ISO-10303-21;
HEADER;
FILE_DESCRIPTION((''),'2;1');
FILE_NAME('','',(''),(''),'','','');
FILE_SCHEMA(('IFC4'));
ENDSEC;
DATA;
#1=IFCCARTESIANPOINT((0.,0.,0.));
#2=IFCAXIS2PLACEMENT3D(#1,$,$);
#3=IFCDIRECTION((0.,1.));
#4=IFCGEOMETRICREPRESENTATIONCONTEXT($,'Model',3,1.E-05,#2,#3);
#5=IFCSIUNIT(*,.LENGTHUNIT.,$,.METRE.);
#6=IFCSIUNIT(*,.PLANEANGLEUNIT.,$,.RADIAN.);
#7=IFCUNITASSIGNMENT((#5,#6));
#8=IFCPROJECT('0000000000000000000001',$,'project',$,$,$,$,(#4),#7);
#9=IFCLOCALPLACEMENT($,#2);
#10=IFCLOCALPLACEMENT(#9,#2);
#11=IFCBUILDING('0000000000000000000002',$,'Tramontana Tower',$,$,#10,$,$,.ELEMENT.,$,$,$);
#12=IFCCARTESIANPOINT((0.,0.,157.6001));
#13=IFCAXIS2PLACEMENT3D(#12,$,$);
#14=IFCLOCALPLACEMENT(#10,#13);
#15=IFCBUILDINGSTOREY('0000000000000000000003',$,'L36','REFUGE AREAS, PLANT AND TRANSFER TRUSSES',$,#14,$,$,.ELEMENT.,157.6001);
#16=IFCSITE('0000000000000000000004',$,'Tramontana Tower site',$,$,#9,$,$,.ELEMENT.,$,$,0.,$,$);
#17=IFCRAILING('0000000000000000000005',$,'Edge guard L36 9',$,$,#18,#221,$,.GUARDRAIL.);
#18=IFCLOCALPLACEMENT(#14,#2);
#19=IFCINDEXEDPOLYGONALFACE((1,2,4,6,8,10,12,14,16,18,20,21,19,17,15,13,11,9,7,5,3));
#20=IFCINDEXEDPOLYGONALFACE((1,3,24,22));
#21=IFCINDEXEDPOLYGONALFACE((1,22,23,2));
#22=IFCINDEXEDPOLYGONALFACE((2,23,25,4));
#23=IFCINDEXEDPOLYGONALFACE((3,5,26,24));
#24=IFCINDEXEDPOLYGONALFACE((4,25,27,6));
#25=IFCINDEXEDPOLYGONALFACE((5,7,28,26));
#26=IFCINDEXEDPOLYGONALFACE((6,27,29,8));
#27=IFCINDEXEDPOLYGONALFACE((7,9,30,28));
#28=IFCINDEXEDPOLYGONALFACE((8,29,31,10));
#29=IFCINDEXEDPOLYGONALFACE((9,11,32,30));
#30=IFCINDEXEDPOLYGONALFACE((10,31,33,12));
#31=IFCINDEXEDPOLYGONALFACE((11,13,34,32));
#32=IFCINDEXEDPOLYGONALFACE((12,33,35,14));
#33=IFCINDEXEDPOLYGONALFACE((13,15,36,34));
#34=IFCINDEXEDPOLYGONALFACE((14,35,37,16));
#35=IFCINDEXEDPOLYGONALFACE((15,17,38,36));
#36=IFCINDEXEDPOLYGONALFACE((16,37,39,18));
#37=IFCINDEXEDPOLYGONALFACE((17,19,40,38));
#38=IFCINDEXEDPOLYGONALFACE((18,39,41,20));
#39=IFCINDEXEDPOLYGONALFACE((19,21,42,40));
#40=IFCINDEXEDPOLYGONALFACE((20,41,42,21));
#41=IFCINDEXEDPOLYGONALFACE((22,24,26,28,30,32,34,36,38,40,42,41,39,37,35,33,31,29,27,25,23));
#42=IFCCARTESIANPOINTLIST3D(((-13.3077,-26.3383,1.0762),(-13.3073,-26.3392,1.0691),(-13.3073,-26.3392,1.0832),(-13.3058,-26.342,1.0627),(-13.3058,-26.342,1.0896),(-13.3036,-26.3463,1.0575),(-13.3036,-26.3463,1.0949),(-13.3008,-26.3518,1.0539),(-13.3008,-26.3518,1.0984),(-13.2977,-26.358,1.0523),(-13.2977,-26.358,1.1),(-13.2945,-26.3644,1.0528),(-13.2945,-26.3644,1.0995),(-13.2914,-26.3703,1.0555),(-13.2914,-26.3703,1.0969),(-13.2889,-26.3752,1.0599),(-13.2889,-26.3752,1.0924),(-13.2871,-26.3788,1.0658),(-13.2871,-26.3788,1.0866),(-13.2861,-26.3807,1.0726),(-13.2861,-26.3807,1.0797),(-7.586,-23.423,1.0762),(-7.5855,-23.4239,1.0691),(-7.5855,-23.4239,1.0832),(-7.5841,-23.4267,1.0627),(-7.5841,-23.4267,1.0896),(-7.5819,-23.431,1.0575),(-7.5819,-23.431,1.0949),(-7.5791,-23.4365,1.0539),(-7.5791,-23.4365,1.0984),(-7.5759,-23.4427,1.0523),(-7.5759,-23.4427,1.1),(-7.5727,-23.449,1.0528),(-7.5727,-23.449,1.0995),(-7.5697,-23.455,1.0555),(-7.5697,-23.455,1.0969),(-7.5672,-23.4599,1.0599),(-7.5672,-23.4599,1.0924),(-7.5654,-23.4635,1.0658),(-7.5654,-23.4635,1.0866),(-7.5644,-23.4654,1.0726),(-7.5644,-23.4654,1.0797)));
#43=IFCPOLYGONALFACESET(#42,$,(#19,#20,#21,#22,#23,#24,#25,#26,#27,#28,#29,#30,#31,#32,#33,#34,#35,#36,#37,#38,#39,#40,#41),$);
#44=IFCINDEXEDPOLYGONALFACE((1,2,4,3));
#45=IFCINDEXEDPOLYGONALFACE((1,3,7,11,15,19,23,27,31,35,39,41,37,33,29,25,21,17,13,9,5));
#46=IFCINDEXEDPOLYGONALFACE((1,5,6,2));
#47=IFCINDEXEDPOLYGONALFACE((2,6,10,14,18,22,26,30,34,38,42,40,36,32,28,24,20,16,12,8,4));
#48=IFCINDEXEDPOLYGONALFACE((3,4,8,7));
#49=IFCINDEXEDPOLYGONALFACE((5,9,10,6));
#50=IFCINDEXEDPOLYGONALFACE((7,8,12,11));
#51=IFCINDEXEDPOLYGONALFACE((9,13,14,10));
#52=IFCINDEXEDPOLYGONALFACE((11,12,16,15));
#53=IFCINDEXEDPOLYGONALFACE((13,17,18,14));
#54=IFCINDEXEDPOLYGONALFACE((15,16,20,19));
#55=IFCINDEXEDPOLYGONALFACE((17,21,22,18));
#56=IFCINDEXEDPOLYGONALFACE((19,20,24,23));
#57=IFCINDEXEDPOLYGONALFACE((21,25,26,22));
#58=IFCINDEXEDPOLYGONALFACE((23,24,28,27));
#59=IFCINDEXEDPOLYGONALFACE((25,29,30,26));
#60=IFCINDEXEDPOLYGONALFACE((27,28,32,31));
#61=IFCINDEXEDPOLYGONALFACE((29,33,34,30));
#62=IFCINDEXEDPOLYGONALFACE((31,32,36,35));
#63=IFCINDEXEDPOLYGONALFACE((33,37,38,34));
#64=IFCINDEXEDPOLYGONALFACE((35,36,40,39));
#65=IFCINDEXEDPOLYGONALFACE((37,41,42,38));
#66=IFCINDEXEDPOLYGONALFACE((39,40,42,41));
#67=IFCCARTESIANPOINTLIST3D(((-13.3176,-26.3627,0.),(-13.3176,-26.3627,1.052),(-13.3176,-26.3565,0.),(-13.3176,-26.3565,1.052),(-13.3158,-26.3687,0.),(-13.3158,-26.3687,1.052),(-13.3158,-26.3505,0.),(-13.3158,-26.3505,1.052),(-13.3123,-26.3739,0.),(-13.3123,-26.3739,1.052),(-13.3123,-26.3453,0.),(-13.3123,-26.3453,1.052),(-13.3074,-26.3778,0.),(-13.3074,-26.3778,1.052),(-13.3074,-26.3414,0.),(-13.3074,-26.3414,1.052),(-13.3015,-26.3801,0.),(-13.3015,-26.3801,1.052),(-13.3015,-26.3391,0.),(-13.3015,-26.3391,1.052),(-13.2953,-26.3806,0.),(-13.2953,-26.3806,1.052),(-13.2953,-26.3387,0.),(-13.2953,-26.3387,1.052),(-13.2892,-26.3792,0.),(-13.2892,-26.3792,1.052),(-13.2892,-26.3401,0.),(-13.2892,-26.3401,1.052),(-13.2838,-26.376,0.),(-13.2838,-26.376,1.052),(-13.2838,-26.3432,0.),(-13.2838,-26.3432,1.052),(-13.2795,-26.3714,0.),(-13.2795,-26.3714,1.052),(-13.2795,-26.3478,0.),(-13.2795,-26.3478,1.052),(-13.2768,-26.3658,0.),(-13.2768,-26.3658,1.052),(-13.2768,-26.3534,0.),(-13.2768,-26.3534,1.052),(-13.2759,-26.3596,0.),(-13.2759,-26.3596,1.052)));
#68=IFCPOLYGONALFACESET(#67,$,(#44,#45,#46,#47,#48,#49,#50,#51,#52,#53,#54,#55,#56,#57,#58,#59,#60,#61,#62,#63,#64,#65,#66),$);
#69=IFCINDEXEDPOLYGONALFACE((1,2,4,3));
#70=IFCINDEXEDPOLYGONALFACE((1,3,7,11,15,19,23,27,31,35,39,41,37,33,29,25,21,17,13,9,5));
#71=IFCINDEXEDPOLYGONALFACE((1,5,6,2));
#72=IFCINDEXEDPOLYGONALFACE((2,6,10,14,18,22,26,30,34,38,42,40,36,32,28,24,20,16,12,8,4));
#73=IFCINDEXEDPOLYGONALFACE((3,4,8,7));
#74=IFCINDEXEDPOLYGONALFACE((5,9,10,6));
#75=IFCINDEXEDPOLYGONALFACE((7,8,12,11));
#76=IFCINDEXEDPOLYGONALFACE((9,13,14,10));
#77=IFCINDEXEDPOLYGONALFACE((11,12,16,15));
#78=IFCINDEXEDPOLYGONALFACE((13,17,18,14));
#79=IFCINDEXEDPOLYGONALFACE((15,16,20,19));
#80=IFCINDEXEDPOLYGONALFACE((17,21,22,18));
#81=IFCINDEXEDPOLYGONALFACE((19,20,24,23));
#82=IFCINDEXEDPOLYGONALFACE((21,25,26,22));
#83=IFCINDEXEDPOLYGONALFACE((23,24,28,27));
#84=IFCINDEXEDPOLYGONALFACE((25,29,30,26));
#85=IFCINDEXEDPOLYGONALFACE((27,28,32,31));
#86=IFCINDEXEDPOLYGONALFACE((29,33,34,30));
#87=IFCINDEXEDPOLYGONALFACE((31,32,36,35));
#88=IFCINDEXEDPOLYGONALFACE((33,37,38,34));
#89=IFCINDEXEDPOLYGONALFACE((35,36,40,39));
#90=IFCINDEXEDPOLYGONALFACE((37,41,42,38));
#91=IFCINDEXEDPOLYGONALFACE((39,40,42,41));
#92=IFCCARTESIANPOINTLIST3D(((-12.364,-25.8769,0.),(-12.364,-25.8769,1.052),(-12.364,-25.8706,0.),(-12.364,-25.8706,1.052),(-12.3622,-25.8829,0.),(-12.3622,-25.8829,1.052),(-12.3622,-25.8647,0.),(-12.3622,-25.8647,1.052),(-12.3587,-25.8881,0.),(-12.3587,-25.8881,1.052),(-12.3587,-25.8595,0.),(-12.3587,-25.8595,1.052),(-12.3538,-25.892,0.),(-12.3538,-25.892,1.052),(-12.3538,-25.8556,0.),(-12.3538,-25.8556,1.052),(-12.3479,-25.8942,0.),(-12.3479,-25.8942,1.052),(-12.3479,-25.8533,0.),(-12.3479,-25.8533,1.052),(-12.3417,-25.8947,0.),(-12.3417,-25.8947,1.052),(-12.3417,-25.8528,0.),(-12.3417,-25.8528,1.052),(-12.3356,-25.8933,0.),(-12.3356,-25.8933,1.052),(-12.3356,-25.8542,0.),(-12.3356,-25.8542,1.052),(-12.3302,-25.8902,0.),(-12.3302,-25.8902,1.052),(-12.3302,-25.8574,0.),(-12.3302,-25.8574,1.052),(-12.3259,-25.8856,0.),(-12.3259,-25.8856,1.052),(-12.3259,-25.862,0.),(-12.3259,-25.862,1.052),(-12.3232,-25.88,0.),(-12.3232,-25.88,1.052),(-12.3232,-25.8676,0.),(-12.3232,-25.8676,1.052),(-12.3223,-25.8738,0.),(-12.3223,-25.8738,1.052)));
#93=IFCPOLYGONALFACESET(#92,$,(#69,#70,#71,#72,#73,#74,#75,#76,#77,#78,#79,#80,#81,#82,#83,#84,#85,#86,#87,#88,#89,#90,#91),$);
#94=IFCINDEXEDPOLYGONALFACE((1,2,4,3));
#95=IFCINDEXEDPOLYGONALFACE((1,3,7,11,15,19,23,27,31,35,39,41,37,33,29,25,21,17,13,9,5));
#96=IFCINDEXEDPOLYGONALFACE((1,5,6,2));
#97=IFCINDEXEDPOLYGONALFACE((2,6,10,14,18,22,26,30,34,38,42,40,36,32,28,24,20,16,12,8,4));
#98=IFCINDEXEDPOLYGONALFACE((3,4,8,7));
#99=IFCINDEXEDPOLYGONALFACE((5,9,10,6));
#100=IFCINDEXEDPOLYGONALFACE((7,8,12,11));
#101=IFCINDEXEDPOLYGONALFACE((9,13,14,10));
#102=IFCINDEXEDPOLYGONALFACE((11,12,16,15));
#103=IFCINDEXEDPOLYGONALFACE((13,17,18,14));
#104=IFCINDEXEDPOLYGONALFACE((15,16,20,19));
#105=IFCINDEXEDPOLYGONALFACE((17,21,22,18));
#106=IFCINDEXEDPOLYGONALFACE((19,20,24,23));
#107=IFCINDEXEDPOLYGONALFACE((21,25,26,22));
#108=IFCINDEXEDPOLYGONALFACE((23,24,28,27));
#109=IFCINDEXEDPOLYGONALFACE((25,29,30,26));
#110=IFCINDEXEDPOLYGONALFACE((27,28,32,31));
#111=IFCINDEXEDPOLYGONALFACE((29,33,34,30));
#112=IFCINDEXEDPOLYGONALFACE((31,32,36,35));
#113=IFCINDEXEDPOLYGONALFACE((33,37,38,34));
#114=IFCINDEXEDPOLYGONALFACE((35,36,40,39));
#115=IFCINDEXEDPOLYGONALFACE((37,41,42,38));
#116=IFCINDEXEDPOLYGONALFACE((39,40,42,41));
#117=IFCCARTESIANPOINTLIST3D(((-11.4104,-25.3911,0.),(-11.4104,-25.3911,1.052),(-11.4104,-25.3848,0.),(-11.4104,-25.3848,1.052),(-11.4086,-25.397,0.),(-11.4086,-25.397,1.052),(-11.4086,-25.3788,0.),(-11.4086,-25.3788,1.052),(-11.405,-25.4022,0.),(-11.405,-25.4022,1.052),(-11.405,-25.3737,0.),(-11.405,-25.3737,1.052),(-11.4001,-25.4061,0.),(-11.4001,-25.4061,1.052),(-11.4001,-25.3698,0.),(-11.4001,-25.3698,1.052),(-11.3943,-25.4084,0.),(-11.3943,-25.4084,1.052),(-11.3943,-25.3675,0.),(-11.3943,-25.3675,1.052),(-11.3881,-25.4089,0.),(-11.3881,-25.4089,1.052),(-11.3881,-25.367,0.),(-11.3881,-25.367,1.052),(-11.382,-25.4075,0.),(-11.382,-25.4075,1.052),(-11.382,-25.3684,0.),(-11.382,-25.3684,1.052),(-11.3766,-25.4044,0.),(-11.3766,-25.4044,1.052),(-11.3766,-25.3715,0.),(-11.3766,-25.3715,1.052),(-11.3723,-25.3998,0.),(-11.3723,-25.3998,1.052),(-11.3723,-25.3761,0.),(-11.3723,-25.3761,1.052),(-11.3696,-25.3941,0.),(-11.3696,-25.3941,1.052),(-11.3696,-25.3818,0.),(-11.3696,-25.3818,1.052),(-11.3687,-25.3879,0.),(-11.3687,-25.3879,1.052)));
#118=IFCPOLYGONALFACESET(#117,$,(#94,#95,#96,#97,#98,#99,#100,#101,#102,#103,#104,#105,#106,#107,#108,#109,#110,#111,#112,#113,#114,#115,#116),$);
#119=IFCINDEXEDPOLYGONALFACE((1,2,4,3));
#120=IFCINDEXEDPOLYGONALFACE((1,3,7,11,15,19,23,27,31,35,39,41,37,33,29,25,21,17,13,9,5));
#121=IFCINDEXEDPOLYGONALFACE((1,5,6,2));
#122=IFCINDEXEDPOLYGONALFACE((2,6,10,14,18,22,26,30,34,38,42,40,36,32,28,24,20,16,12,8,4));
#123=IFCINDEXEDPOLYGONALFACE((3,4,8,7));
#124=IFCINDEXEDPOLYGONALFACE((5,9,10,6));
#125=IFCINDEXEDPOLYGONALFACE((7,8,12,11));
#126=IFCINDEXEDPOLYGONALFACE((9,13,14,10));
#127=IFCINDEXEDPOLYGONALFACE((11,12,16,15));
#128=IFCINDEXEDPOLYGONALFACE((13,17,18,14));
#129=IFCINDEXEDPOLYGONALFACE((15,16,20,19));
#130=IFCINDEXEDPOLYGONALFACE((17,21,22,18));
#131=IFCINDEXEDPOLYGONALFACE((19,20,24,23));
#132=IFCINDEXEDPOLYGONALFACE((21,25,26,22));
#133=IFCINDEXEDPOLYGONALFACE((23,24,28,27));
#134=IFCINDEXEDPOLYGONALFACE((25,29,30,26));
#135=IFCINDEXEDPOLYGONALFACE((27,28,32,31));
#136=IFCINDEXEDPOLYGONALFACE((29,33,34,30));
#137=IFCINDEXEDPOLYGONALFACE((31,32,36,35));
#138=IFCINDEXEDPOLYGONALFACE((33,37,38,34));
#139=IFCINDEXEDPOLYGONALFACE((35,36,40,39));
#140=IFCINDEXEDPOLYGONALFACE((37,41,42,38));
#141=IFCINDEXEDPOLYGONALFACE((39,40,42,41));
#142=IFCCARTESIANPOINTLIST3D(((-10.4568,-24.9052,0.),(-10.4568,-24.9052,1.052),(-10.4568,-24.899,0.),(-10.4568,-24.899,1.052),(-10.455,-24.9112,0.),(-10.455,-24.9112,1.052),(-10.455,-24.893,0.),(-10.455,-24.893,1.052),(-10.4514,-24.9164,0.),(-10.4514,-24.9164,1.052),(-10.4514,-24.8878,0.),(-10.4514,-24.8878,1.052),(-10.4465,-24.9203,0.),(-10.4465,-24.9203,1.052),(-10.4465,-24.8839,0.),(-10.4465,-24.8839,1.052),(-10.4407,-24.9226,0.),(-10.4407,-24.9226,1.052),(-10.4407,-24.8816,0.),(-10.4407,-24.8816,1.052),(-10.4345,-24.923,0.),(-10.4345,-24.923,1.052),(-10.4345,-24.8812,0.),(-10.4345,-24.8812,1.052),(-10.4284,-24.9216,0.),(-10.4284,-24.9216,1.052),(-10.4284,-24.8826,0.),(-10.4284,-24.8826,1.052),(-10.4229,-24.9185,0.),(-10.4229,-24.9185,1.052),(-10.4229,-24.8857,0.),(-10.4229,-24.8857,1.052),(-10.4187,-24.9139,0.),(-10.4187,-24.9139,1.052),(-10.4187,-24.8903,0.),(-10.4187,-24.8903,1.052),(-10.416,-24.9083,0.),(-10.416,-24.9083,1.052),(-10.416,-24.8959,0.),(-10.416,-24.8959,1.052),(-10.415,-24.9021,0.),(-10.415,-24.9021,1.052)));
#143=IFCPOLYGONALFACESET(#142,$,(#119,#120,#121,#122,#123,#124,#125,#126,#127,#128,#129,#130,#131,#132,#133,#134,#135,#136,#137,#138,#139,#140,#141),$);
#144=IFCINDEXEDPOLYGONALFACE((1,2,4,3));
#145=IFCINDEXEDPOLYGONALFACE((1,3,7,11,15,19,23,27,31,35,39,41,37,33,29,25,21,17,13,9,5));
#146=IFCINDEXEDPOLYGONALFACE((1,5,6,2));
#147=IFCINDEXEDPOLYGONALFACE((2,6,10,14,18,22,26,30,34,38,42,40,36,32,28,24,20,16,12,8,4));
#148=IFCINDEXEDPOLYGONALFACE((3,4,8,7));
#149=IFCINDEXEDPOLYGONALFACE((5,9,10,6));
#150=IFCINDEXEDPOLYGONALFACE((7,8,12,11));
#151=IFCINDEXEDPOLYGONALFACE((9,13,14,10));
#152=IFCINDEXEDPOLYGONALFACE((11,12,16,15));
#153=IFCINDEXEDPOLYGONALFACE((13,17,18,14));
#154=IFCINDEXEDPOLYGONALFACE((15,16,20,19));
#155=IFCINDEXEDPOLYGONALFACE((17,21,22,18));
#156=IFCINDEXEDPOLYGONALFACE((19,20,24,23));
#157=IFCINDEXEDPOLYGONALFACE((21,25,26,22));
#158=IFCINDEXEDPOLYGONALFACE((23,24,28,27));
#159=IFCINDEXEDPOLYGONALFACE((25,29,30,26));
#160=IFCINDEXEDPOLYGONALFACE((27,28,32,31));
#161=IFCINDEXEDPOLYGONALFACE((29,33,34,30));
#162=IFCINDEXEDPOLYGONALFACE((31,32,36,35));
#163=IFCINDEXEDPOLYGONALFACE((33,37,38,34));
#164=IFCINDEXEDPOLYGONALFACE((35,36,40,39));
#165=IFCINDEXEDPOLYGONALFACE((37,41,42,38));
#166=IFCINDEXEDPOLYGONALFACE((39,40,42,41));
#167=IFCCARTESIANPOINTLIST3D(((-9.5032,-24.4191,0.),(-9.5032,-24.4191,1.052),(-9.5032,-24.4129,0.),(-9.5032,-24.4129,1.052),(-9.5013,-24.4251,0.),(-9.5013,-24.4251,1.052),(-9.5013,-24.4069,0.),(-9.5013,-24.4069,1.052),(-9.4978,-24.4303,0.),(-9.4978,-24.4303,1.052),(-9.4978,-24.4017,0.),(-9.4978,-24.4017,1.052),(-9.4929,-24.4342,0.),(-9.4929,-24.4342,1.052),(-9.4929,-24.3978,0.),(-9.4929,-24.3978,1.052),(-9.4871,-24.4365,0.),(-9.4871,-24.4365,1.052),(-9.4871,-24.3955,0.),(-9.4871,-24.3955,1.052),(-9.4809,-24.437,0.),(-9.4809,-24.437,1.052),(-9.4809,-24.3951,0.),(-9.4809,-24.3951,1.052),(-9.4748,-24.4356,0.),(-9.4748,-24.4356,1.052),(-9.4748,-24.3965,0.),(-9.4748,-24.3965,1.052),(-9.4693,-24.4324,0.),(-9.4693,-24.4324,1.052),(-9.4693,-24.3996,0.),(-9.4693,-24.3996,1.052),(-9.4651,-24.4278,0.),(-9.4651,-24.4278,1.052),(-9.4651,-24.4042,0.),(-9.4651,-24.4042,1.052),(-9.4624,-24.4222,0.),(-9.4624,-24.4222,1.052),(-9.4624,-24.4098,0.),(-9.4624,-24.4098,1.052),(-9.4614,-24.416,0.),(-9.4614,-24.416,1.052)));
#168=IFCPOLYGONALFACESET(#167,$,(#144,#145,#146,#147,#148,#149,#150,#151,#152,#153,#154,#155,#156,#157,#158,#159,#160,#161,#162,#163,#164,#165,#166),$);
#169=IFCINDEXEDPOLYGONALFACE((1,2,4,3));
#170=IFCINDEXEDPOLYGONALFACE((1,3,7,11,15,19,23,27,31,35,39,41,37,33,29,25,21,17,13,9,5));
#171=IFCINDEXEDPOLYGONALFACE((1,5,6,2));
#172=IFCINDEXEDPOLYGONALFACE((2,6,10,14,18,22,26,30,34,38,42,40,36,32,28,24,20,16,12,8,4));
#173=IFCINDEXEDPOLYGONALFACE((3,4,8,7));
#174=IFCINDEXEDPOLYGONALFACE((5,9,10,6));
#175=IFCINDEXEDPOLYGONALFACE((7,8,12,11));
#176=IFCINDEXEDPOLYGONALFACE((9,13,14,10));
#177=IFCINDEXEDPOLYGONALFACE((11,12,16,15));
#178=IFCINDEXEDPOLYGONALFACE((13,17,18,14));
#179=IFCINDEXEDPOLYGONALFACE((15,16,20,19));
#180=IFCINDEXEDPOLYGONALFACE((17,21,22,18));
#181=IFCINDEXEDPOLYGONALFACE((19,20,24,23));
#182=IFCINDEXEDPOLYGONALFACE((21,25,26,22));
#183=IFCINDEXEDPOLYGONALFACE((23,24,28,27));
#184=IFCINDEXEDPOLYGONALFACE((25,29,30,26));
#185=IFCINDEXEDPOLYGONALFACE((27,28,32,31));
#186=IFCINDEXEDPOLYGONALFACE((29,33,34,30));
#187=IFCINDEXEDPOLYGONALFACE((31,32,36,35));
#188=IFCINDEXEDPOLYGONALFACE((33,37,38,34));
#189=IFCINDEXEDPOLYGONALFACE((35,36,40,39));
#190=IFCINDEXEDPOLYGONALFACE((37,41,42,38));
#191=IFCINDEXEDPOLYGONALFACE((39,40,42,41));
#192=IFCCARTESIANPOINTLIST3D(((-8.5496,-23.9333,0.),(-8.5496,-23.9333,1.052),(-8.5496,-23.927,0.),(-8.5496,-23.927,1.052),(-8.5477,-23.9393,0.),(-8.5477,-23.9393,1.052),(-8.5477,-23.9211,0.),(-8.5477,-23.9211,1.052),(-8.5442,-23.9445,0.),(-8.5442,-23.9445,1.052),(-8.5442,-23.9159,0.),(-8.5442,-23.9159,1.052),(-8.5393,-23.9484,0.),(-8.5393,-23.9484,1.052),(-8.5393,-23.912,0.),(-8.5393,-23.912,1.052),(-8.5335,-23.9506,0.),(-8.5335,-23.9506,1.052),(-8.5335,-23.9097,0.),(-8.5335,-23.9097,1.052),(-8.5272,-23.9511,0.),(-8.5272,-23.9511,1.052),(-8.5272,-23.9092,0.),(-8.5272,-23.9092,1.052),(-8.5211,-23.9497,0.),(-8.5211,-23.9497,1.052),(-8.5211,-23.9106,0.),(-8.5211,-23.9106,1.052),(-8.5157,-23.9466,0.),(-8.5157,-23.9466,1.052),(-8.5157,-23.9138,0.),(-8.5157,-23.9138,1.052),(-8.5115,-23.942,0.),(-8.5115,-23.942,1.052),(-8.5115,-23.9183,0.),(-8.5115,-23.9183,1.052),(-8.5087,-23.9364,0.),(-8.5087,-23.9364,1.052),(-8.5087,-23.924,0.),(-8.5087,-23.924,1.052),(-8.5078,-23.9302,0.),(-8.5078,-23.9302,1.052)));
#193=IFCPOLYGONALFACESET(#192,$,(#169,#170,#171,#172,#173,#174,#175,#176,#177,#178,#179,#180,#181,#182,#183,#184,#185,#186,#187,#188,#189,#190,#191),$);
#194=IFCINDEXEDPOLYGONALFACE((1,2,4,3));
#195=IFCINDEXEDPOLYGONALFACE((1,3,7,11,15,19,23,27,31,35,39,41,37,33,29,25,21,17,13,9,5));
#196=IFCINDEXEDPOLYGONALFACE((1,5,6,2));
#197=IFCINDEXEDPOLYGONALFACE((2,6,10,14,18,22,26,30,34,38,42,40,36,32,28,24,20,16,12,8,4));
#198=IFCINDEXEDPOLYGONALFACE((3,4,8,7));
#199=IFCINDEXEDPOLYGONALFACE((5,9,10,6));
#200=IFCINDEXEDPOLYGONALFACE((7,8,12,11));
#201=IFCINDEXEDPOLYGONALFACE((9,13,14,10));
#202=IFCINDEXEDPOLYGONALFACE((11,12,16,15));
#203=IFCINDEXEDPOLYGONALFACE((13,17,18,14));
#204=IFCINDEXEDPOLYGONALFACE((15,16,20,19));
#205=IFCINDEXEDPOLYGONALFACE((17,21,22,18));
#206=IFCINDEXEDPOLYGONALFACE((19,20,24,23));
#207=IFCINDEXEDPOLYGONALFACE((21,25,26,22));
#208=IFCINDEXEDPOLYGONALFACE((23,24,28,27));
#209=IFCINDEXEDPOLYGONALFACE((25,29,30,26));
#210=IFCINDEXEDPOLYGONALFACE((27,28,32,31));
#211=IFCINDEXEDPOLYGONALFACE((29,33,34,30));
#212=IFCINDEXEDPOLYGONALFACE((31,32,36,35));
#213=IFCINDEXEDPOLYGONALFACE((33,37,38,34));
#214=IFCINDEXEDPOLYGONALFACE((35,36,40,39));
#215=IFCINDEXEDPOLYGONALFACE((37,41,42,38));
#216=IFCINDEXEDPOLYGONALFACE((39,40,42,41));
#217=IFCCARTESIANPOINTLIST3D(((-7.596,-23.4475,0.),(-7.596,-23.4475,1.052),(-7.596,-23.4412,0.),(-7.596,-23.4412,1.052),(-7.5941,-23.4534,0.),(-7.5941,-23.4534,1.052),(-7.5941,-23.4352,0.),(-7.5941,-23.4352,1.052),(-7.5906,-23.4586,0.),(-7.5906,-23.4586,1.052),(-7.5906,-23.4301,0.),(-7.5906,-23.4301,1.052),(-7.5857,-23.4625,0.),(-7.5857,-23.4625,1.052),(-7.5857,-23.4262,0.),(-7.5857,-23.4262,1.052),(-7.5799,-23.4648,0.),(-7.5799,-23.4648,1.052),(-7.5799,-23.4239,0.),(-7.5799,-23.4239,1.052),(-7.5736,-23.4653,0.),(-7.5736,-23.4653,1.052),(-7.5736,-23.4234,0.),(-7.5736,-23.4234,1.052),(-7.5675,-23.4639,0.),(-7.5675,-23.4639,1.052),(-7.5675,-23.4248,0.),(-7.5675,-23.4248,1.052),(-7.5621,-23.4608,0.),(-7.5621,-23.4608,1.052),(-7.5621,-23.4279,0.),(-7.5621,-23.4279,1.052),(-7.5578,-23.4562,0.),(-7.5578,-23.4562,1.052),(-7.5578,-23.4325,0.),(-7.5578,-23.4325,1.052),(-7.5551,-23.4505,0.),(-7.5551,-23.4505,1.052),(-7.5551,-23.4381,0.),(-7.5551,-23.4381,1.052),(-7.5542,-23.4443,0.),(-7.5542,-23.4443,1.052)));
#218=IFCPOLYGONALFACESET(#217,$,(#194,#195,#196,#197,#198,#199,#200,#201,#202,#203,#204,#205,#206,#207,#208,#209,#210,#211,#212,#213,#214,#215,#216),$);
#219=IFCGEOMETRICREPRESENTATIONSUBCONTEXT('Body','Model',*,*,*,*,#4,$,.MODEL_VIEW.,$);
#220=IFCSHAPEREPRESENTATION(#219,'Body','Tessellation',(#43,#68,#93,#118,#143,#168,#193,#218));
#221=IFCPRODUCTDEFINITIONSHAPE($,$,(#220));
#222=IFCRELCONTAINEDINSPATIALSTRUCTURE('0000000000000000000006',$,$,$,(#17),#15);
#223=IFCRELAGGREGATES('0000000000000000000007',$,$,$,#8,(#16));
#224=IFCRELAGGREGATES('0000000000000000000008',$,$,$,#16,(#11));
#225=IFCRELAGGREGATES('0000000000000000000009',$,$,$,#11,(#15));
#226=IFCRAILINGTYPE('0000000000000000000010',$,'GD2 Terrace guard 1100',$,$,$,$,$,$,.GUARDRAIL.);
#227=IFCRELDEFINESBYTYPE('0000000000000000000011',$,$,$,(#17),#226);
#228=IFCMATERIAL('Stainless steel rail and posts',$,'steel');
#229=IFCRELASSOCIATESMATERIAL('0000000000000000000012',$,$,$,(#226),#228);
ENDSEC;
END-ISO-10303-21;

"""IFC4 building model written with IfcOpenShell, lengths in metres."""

from ifc_helpers import new_model, si_unit, direction, frame, origin, origin_2d, place, context, subcontext, project, spatial, circle, extrude, material, type_object, element, save


model = new_model("IFC4")

# Units and contexts
model_context = context("Model", 3, precision=1e-05, world=origin(), true_north=direction((0.0, 1.0)))
body_context = subcontext(model_context, "Body", "Model", "MODEL_VIEW")
ifc_project = project(units=[si_unit("LENGTHUNIT", "METRE"), si_unit("PLANEANGLEUNIT", "RADIAN")], contexts=[model_context])

# Site, building, storey
site_placement = place(None, origin())
site = spatial("IfcSite", under=ifc_project, at=site_placement, Name="Tramontana Tower site", CompositionType="ELEMENT", RefElevation=0.0)
building_placement = place(site_placement, origin())
building = spatial("IfcBuilding", under=site, at=building_placement, Name="Tramontana Tower", CompositionType="ELEMENT")
storey_placement = place(building_placement, frame((0.0, 0.0, 157.6001)))
storey = spatial("IfcBuildingStorey", under=building, at=storey_placement, Name="L36", Description="REFUGE AREAS, PLANT AND TRANSFER TRUSSES", CompositionType="ELEMENT", Elevation=157.6001)

# Railing
ifc_material_1 = material(Name="Stainless steel rail and posts", Category="steel")
railing_type = type_object("IfcRailingType", Name="GD2 Terrace guard 1100", PredefinedType="GUARDRAIL", material=ifc_material_1)
railing_1_placement = place(storey_placement, frame((-13.2969, -26.3596, 0.0)))
element("IfcRailing", 1, at=railing_1_placement, inside=storey, type_object=railing_type, Name="Edge guard L36 9", PredefinedType="GUARDRAIL", context=body_context, shape_type="SweptSolid", body=[
    extrude(circle(Radius=0.0239, at=origin_2d()), frame((0.0, 0.0, 1.0762), z_axis=(0.89101, 0.453983, 0.0), x_axis=(-0.453983, 0.89101, 0.0)), (0.0, 0.0, 1.0), 6.4216),
    extrude(circle(Radius=0.021, at=origin_2d()), origin(), (0.0, 0.0, 1.0), 1.052),
    extrude(circle(Radius=0.021, at=origin_2d()), frame((0.9536, 0.4858, 0.0)), (0.0, 0.0, 1.0), 1.052),
    extrude(circle(Radius=0.021, at=origin_2d()), frame((1.9072, 0.9717, 0.0)), (0.0, 0.0, 1.0), 1.052),
    extrude(circle(Radius=0.021, at=origin_2d()), frame((2.8608, 1.4575, 0.0)), (0.0, 0.0, 1.0), 1.052),
    extrude(circle(Radius=0.021, at=origin_2d()), frame((3.8145, 1.9436, 0.0)), (0.0, 0.0, 1.0), 1.052),
    extrude(circle(Radius=0.021, at=origin_2d()), frame((4.7681, 2.4294, 0.0)), (0.0, 0.0, 1.0), 1.052),
    extrude(circle(Radius=0.021, at=origin_2d()), frame((5.7217, 2.9153, 0.0)), (0.0, 0.0, 1.0), 1.052),
])

save(model, "model.ifc")
